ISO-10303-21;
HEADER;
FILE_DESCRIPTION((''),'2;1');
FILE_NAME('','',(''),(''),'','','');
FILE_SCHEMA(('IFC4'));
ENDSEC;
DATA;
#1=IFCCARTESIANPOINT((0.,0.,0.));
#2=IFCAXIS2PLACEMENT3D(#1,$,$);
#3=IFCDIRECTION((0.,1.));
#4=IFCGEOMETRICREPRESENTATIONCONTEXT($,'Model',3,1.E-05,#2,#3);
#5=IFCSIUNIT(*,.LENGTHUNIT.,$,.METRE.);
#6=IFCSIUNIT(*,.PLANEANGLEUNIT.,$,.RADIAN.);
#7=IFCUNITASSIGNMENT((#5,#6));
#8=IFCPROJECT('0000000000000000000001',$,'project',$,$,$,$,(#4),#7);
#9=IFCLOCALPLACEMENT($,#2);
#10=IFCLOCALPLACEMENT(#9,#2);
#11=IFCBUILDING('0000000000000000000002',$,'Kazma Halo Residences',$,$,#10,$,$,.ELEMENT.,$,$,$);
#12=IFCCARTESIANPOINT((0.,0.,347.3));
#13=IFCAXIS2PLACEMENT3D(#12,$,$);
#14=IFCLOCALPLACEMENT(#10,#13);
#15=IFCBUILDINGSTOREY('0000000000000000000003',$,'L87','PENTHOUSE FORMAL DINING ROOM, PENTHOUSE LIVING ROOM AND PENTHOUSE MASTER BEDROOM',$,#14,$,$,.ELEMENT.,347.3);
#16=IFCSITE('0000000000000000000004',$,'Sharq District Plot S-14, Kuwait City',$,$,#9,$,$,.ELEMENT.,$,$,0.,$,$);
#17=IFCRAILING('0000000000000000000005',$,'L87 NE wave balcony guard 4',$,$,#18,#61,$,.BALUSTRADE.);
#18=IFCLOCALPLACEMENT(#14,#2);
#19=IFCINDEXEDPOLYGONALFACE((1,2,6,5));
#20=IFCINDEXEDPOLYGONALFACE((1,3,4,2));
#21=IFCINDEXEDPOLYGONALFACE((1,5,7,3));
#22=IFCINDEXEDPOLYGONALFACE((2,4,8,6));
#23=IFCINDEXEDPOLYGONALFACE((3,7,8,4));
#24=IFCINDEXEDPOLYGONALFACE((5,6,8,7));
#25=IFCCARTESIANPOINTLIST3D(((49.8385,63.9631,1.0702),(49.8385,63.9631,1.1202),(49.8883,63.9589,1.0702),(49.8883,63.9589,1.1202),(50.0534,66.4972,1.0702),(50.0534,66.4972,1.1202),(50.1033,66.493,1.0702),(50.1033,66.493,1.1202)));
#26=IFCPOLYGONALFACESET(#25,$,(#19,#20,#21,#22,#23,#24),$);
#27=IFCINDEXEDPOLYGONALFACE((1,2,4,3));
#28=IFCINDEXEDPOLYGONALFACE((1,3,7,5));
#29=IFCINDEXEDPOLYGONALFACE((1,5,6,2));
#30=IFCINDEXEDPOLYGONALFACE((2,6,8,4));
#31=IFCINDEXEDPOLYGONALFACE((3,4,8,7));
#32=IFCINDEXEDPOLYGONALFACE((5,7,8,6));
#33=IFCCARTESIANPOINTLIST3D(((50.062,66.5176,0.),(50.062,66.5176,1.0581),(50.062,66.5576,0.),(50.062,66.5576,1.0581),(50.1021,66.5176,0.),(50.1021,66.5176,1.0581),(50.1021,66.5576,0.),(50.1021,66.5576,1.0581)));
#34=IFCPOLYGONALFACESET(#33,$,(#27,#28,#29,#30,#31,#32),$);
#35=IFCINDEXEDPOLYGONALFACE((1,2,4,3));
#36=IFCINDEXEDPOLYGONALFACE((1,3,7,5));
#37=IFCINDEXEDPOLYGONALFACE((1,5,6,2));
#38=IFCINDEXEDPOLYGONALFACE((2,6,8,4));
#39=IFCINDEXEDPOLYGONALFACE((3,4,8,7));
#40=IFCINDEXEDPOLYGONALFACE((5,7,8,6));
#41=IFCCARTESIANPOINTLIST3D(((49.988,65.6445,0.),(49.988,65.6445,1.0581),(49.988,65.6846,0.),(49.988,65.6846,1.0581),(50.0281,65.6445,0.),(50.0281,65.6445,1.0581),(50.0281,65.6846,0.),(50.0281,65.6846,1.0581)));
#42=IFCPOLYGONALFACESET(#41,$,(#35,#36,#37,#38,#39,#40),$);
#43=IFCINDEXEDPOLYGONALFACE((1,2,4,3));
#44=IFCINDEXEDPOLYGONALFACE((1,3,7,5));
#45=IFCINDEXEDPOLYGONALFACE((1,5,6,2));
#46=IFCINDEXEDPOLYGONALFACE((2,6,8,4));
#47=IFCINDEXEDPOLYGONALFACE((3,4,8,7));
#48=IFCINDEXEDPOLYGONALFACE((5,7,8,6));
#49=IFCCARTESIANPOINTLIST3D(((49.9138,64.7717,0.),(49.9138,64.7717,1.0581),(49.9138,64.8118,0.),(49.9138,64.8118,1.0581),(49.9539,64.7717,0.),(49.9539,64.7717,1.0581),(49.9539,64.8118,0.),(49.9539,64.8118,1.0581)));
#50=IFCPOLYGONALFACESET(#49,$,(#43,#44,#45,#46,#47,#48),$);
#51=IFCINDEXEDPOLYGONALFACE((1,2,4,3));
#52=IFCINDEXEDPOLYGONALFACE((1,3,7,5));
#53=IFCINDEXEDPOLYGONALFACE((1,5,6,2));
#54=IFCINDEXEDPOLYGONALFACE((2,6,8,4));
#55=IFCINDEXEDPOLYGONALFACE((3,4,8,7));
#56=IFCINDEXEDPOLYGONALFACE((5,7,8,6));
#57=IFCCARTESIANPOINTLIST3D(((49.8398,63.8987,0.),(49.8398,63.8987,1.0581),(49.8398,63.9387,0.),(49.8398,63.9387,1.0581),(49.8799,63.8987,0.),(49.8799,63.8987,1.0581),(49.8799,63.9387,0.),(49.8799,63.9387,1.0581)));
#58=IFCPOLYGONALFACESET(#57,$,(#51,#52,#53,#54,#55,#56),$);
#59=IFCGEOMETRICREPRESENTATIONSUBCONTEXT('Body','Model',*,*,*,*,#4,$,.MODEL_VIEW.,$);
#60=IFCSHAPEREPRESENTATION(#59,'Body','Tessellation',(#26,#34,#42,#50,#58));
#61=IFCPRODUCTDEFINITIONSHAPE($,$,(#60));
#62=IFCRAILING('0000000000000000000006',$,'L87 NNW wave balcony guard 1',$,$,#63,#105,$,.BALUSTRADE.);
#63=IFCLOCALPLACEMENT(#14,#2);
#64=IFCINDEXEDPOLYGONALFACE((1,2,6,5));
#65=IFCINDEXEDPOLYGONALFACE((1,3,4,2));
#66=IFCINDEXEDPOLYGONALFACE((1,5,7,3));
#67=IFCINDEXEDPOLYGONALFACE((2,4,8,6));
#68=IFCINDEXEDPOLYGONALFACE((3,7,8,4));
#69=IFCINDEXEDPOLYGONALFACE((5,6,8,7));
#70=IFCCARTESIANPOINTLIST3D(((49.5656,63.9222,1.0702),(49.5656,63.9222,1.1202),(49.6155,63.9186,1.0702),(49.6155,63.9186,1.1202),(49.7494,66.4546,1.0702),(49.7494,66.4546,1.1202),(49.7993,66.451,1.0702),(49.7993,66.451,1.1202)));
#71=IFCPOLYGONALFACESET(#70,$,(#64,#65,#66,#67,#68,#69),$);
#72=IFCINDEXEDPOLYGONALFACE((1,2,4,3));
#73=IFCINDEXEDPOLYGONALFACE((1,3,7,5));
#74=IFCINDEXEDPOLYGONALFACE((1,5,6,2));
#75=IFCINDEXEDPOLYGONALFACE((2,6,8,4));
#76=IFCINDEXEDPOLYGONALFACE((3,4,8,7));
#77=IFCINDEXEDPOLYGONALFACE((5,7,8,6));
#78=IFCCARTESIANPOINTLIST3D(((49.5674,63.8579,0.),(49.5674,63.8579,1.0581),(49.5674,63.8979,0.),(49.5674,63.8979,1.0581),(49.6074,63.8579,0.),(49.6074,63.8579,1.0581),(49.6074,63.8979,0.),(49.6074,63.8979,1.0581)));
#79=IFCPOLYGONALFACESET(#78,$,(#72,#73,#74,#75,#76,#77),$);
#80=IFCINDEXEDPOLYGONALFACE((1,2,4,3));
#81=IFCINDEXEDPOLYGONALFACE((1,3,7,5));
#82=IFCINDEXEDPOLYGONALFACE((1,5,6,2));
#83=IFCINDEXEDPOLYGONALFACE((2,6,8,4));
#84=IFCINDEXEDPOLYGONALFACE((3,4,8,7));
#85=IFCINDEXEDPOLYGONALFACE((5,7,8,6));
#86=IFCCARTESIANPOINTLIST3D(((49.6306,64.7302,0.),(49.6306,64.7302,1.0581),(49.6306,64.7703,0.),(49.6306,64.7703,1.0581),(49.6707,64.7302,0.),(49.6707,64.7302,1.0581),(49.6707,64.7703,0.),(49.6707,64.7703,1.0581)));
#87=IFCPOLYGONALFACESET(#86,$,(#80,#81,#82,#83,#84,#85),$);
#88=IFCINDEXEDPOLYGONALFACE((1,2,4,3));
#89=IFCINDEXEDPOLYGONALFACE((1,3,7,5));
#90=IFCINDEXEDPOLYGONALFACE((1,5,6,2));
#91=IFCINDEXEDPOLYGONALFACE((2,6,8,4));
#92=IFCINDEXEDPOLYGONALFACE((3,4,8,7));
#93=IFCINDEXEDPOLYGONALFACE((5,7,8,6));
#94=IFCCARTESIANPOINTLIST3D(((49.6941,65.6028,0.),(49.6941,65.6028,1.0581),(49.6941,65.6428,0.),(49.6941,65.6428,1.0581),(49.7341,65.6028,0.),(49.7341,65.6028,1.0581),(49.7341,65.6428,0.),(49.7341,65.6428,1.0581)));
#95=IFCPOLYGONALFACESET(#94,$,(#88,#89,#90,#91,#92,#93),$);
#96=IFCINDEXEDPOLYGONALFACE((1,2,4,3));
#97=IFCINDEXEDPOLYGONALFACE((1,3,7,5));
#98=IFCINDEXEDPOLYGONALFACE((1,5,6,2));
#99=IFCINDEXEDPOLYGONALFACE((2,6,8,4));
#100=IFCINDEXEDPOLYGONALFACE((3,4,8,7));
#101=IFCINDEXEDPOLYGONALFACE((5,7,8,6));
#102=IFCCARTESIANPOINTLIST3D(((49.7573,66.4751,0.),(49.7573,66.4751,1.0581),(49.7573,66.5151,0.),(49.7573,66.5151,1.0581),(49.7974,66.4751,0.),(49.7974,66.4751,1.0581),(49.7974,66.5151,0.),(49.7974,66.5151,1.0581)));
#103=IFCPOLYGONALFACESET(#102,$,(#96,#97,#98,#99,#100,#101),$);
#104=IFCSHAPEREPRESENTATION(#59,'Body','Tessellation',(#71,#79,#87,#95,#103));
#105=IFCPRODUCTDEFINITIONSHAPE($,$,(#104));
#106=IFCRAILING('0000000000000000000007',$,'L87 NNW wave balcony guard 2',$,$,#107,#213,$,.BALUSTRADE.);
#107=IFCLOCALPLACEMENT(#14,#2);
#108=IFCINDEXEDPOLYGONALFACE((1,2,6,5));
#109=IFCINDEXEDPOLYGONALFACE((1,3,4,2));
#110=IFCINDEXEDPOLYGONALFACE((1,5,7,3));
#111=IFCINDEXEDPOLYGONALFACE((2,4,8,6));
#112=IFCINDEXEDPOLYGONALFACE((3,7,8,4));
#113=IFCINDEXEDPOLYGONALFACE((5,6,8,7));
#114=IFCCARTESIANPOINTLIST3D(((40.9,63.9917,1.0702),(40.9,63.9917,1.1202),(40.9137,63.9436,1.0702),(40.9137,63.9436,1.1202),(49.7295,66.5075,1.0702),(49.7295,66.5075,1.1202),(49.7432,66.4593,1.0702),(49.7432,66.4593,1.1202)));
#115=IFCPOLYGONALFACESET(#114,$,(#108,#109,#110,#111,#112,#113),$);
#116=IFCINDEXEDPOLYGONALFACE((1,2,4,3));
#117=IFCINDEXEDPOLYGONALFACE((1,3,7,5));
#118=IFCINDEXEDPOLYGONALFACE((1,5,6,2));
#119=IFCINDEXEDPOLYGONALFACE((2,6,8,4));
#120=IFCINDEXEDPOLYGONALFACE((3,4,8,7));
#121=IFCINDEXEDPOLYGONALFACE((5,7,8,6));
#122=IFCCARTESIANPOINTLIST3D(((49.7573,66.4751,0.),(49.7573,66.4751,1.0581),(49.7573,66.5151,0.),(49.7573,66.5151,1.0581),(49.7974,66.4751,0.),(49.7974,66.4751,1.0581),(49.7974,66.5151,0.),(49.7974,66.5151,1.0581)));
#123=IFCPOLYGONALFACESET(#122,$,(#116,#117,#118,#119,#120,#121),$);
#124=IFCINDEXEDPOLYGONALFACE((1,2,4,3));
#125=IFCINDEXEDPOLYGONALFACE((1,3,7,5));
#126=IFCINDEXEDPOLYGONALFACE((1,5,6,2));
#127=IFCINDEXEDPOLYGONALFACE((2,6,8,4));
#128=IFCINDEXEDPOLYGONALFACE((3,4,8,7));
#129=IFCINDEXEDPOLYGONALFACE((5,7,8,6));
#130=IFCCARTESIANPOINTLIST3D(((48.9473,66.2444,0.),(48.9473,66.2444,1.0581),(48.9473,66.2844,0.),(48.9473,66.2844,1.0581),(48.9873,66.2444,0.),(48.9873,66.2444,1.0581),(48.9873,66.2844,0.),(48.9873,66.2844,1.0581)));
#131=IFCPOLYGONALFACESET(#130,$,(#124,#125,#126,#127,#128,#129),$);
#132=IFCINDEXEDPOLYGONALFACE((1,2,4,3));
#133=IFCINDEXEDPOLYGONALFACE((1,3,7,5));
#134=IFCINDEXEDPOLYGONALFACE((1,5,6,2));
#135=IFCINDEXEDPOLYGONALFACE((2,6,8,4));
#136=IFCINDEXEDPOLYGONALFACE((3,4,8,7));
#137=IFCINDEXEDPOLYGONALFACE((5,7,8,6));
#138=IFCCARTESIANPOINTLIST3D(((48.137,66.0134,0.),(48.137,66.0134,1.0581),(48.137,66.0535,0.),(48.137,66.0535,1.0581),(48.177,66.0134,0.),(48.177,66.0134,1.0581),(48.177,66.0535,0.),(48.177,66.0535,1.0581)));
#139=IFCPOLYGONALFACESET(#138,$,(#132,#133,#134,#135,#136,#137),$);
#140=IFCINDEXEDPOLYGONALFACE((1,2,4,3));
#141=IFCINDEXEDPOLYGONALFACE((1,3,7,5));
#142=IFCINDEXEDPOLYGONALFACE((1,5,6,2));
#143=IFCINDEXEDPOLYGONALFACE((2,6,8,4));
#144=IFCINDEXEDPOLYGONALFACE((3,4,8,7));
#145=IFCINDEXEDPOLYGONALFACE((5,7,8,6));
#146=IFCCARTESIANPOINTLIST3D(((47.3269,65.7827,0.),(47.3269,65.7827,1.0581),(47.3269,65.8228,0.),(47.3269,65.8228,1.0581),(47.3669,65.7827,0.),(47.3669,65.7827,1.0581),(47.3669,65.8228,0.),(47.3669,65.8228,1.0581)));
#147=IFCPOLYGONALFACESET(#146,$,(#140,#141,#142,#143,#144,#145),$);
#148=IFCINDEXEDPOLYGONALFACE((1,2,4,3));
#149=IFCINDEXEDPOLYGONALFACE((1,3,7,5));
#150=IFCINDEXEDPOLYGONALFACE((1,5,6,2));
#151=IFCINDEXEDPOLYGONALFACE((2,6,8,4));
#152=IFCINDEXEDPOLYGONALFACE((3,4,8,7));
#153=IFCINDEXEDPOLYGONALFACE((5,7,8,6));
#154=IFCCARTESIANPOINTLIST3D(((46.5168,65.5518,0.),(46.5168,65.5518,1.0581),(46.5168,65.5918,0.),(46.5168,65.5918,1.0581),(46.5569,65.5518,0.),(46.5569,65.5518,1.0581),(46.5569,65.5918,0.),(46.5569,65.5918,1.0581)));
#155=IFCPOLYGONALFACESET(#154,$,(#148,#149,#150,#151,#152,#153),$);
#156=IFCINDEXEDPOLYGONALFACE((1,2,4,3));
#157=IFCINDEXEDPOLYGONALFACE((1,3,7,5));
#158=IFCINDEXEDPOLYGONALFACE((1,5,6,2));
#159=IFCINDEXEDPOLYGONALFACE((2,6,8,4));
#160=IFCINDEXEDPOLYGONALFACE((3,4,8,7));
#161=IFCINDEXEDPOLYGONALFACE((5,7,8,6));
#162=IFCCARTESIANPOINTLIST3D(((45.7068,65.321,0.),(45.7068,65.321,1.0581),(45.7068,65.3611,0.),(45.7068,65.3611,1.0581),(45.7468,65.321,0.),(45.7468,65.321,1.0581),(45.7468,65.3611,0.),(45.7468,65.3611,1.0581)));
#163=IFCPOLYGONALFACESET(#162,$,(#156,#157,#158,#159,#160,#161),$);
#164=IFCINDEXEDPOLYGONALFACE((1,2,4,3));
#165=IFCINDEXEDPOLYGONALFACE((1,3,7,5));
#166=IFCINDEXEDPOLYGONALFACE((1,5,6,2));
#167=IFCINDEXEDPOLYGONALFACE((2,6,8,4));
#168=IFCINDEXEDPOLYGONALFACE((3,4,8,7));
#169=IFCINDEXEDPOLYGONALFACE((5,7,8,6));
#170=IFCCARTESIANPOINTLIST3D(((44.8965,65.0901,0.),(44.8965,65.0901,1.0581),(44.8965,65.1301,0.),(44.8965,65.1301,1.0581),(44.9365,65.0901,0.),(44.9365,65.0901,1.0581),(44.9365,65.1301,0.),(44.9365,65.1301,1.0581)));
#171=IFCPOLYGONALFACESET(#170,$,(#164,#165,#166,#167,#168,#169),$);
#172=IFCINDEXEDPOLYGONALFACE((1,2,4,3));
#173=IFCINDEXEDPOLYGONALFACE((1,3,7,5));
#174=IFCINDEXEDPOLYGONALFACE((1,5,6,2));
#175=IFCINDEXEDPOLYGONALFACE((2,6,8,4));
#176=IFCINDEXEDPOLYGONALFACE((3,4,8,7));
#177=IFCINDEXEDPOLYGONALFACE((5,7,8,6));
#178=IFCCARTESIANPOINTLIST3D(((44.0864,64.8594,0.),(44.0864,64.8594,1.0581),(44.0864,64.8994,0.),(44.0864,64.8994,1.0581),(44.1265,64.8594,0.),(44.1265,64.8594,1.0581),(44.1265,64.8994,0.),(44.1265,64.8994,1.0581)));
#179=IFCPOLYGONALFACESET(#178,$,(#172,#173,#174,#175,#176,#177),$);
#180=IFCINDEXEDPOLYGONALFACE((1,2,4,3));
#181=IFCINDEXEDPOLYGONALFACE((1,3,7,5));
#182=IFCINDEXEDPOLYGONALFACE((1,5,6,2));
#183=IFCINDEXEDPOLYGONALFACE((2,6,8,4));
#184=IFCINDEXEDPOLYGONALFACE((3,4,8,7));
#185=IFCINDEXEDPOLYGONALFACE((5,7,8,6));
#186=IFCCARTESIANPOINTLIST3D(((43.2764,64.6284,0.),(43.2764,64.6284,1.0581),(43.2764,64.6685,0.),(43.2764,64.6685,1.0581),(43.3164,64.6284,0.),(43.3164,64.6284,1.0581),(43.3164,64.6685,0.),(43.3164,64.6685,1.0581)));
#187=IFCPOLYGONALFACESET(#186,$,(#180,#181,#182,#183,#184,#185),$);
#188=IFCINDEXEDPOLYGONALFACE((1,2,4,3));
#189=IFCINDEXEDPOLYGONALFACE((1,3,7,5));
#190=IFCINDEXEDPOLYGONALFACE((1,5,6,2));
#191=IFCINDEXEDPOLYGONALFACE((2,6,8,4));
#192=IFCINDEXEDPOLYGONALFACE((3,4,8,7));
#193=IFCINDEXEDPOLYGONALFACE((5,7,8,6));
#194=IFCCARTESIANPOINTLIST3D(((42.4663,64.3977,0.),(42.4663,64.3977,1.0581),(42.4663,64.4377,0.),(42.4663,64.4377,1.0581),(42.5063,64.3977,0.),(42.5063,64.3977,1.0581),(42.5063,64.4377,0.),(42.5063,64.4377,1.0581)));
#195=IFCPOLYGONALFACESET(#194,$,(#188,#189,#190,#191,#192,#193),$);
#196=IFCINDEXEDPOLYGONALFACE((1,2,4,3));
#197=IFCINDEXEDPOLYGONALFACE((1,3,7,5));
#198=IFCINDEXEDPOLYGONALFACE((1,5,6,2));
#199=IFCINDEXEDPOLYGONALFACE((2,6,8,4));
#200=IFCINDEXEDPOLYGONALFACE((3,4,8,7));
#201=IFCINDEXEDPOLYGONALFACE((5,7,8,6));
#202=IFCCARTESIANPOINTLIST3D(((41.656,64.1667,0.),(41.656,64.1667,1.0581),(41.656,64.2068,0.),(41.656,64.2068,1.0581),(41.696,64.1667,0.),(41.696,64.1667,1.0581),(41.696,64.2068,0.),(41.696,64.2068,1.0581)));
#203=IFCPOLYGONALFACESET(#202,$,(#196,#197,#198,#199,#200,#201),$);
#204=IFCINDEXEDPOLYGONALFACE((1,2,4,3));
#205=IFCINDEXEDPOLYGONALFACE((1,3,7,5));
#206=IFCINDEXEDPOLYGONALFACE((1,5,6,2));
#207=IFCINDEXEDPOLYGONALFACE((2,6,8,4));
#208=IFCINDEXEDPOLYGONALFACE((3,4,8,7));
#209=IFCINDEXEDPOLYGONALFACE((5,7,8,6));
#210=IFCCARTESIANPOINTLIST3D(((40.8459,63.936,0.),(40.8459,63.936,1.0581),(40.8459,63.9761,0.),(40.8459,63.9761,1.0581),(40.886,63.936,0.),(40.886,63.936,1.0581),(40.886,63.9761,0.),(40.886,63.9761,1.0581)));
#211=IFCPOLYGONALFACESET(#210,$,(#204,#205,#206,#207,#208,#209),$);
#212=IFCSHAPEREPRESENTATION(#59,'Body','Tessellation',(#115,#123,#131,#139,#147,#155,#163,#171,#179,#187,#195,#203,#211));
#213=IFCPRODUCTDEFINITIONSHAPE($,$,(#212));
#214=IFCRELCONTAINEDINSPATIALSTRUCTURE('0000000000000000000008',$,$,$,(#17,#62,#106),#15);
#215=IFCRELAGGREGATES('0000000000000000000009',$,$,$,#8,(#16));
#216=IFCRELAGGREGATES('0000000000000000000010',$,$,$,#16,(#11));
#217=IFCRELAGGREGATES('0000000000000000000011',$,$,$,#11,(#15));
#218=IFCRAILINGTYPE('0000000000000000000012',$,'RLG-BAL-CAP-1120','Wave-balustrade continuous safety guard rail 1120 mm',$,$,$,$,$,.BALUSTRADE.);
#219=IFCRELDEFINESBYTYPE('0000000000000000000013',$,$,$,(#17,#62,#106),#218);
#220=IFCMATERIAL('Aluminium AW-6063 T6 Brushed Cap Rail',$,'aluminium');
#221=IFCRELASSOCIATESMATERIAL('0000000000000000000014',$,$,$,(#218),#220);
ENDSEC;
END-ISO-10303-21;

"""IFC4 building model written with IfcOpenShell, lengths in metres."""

from ifc_helpers import new_model, si_unit, direction, frame, origin, origin_2d, place, context, subcontext, project, spatial, rectangle, extrude, material, type_object, element, save


model = new_model("IFC4")

# Units and contexts
model_context = context("Model", 3, precision=1e-05, world=origin(), true_north=direction((0.0, 1.0)))
body_context = subcontext(model_context, "Body", "Model", "MODEL_VIEW")
ifc_project = project(units=[si_unit("LENGTHUNIT", "METRE"), si_unit("PLANEANGLEUNIT", "RADIAN")], contexts=[model_context])

# Site, building, storey
site_placement = place(None, origin())
site = spatial("IfcSite", under=ifc_project, at=site_placement, Name="Sharq District Plot S-14, Kuwait City", CompositionType="ELEMENT", RefElevation=0.0)
building_placement = place(site_placement, origin())
building = spatial("IfcBuilding", under=site, at=building_placement, Name="Kazma Halo Residences", CompositionType="ELEMENT")
storey_placement = place(building_placement, frame((0.0, 0.0, 347.3)))
storey = spatial("IfcBuildingStorey", under=building, at=storey_placement, Name="L87", Description="PENTHOUSE FORMAL DINING ROOM, PENTHOUSE LIVING ROOM AND PENTHOUSE MASTER BEDROOM", CompositionType="ELEMENT", Elevation=347.3)

# Railings
ifc_material_1 = material(Name="Aluminium AW-6063 T6 Brushed Cap Rail", Category="aluminium")
railing_type = type_object("IfcRailingType", Name="RLG-BAL-CAP-1120", Description="Wave-balustrade continuous safety guard rail 1120 mm", PredefinedType="BALUSTRADE", material=ifc_material_1)
railing_1_placement = place(storey_placement, frame((50.082, 66.5376, 0.0)))
element("IfcRailing", 1, at=railing_1_placement, inside=storey, type_object=railing_type, Name="L87 NE wave balcony guard 4", PredefinedType="BALUSTRADE", context=body_context, shape_type="SweptSolid", body=[
    extrude(rectangle(XDim=0.05, YDim=0.05, at=origin_2d()), frame((-0.0037, -0.0425, 1.0952), z_axis=(-0.084529, -0.996421, 0.0), x_axis=(0.996421, -0.084529, 0.0)), (0.0, 0.0, 1.0), 2.5432),
    extrude(rectangle(XDim=0.04, YDim=0.04, at=origin_2d()), origin(), (0.0, 0.0, 1.0), 1.0581),
    extrude(rectangle(XDim=0.04, YDim=0.04, at=origin_2d()), frame((-0.074, -0.873, 0.0)), (0.0, 0.0, 1.0), 1.0581),
    extrude(rectangle(XDim=0.04, YDim=0.04, at=origin_2d()), frame((-0.1482, -1.7458, 0.0)), (0.0, 0.0, 1.0), 1.0581),
    extrude(rectangle(XDim=0.04, YDim=0.04, at=origin_2d()), frame((-0.2222, -2.6189, 0.0)), (0.0, 0.0, 1.0), 1.0581),
])
railing_2_placement = place(storey_placement, frame((49.5874, 63.8779, 0.0)))
element("IfcRailing", 2, at=railing_2_placement, inside=storey, type_object=railing_type, Name="L87 NNW wave balcony guard 1", PredefinedType="BALUSTRADE", context=body_context, shape_type="SweptSolid", body=[
    extrude(rectangle(XDim=0.05, YDim=0.05, at=origin_2d()), frame((0.0032, 0.0425, 1.0952), z_axis=(0.072384, 0.997377, 0.0), x_axis=(-0.997377, 0.072384, 0.0)), (0.0, 0.0, 1.0), 2.5391),
    extrude(rectangle(XDim=0.04, YDim=0.04, at=origin_2d()), origin(), (0.0, 0.0, 1.0), 1.0581),
    extrude(rectangle(XDim=0.04, YDim=0.04, at=origin_2d()), frame((0.0632, 0.8723, 0.0)), (0.0, 0.0, 1.0), 1.0581),
    extrude(rectangle(XDim=0.04, YDim=0.04, at=origin_2d()), frame((0.1267, 1.7449, 0.0)), (0.0, 0.0, 1.0), 1.0581),
    extrude(rectangle(XDim=0.04, YDim=0.04, at=origin_2d()), frame((0.1899, 2.6172, 0.0)), (0.0, 0.0, 1.0), 1.0581),
])
railing_3_placement = place(storey_placement, frame((49.7773, 66.4951, 0.0)))
element("IfcRailing", 3, at=railing_3_placement, inside=storey, type_object=railing_type, Name="L87 NNW wave balcony guard 2", PredefinedType="BALUSTRADE", context=body_context, shape_type="SweptSolid", body=[
    extrude(rectangle(XDim=0.05, YDim=0.05, at=origin_2d()), frame((-0.041, -0.0117, 1.0952), z_axis=(-0.961725, -0.274018, 0.0), x_axis=(0.274018, -0.961725, 0.0)), (0.0, 0.0, 1.0), 9.1809),
    extrude(rectangle(XDim=0.04, YDim=0.04, at=origin_2d()), origin(), (0.0, 0.0, 1.0), 1.0581),
    extrude(rectangle(XDim=0.04, YDim=0.04, at=origin_2d()), frame((-0.8101, -0.2307, 0.0)), (0.0, 0.0, 1.0), 1.0581),
    extrude(rectangle(XDim=0.04, YDim=0.04, at=origin_2d()), frame((-1.6204, -0.4617, 0.0)), (0.0, 0.0, 1.0), 1.0581),
    extrude(rectangle(XDim=0.04, YDim=0.04, at=origin_2d()), frame((-2.4304, -0.6924, 0.0)), (0.0, 0.0, 1.0), 1.0581),
    extrude(rectangle(XDim=0.04, YDim=0.04, at=origin_2d()), frame((-3.2405, -0.9233, 0.0)), (0.0, 0.0, 1.0), 1.0581),
    extrude(rectangle(XDim=0.04, YDim=0.04, at=origin_2d()), frame((-4.0505, -1.1541, 0.0)), (0.0, 0.0, 1.0), 1.0581),
    extrude(rectangle(XDim=0.04, YDim=0.04, at=origin_2d()), frame((-4.8608, -1.385, 0.0)), (0.0, 0.0, 1.0), 1.0581),
    extrude(rectangle(XDim=0.04, YDim=0.04, at=origin_2d()), frame((-5.6709, -1.6157, 0.0)), (0.0, 0.0, 1.0), 1.0581),
    extrude(rectangle(XDim=0.04, YDim=0.04, at=origin_2d()), frame((-6.481, -1.8467, 0.0)), (0.0, 0.0, 1.0), 1.0581),
    extrude(rectangle(XDim=0.04, YDim=0.04, at=origin_2d()), frame((-7.291, -2.0774, 0.0)), (0.0, 0.0, 1.0), 1.0581),
    extrude(rectangle(XDim=0.04, YDim=0.04, at=origin_2d()), frame((-8.1013, -2.3083, 0.0)), (0.0, 0.0, 1.0), 1.0581),
    extrude(rectangle(XDim=0.04, YDim=0.04, at=origin_2d()), frame((-8.9114, -2.5391, 0.0)), (0.0, 0.0, 1.0), 1.0581),
])

save(model, "model.ifc")
